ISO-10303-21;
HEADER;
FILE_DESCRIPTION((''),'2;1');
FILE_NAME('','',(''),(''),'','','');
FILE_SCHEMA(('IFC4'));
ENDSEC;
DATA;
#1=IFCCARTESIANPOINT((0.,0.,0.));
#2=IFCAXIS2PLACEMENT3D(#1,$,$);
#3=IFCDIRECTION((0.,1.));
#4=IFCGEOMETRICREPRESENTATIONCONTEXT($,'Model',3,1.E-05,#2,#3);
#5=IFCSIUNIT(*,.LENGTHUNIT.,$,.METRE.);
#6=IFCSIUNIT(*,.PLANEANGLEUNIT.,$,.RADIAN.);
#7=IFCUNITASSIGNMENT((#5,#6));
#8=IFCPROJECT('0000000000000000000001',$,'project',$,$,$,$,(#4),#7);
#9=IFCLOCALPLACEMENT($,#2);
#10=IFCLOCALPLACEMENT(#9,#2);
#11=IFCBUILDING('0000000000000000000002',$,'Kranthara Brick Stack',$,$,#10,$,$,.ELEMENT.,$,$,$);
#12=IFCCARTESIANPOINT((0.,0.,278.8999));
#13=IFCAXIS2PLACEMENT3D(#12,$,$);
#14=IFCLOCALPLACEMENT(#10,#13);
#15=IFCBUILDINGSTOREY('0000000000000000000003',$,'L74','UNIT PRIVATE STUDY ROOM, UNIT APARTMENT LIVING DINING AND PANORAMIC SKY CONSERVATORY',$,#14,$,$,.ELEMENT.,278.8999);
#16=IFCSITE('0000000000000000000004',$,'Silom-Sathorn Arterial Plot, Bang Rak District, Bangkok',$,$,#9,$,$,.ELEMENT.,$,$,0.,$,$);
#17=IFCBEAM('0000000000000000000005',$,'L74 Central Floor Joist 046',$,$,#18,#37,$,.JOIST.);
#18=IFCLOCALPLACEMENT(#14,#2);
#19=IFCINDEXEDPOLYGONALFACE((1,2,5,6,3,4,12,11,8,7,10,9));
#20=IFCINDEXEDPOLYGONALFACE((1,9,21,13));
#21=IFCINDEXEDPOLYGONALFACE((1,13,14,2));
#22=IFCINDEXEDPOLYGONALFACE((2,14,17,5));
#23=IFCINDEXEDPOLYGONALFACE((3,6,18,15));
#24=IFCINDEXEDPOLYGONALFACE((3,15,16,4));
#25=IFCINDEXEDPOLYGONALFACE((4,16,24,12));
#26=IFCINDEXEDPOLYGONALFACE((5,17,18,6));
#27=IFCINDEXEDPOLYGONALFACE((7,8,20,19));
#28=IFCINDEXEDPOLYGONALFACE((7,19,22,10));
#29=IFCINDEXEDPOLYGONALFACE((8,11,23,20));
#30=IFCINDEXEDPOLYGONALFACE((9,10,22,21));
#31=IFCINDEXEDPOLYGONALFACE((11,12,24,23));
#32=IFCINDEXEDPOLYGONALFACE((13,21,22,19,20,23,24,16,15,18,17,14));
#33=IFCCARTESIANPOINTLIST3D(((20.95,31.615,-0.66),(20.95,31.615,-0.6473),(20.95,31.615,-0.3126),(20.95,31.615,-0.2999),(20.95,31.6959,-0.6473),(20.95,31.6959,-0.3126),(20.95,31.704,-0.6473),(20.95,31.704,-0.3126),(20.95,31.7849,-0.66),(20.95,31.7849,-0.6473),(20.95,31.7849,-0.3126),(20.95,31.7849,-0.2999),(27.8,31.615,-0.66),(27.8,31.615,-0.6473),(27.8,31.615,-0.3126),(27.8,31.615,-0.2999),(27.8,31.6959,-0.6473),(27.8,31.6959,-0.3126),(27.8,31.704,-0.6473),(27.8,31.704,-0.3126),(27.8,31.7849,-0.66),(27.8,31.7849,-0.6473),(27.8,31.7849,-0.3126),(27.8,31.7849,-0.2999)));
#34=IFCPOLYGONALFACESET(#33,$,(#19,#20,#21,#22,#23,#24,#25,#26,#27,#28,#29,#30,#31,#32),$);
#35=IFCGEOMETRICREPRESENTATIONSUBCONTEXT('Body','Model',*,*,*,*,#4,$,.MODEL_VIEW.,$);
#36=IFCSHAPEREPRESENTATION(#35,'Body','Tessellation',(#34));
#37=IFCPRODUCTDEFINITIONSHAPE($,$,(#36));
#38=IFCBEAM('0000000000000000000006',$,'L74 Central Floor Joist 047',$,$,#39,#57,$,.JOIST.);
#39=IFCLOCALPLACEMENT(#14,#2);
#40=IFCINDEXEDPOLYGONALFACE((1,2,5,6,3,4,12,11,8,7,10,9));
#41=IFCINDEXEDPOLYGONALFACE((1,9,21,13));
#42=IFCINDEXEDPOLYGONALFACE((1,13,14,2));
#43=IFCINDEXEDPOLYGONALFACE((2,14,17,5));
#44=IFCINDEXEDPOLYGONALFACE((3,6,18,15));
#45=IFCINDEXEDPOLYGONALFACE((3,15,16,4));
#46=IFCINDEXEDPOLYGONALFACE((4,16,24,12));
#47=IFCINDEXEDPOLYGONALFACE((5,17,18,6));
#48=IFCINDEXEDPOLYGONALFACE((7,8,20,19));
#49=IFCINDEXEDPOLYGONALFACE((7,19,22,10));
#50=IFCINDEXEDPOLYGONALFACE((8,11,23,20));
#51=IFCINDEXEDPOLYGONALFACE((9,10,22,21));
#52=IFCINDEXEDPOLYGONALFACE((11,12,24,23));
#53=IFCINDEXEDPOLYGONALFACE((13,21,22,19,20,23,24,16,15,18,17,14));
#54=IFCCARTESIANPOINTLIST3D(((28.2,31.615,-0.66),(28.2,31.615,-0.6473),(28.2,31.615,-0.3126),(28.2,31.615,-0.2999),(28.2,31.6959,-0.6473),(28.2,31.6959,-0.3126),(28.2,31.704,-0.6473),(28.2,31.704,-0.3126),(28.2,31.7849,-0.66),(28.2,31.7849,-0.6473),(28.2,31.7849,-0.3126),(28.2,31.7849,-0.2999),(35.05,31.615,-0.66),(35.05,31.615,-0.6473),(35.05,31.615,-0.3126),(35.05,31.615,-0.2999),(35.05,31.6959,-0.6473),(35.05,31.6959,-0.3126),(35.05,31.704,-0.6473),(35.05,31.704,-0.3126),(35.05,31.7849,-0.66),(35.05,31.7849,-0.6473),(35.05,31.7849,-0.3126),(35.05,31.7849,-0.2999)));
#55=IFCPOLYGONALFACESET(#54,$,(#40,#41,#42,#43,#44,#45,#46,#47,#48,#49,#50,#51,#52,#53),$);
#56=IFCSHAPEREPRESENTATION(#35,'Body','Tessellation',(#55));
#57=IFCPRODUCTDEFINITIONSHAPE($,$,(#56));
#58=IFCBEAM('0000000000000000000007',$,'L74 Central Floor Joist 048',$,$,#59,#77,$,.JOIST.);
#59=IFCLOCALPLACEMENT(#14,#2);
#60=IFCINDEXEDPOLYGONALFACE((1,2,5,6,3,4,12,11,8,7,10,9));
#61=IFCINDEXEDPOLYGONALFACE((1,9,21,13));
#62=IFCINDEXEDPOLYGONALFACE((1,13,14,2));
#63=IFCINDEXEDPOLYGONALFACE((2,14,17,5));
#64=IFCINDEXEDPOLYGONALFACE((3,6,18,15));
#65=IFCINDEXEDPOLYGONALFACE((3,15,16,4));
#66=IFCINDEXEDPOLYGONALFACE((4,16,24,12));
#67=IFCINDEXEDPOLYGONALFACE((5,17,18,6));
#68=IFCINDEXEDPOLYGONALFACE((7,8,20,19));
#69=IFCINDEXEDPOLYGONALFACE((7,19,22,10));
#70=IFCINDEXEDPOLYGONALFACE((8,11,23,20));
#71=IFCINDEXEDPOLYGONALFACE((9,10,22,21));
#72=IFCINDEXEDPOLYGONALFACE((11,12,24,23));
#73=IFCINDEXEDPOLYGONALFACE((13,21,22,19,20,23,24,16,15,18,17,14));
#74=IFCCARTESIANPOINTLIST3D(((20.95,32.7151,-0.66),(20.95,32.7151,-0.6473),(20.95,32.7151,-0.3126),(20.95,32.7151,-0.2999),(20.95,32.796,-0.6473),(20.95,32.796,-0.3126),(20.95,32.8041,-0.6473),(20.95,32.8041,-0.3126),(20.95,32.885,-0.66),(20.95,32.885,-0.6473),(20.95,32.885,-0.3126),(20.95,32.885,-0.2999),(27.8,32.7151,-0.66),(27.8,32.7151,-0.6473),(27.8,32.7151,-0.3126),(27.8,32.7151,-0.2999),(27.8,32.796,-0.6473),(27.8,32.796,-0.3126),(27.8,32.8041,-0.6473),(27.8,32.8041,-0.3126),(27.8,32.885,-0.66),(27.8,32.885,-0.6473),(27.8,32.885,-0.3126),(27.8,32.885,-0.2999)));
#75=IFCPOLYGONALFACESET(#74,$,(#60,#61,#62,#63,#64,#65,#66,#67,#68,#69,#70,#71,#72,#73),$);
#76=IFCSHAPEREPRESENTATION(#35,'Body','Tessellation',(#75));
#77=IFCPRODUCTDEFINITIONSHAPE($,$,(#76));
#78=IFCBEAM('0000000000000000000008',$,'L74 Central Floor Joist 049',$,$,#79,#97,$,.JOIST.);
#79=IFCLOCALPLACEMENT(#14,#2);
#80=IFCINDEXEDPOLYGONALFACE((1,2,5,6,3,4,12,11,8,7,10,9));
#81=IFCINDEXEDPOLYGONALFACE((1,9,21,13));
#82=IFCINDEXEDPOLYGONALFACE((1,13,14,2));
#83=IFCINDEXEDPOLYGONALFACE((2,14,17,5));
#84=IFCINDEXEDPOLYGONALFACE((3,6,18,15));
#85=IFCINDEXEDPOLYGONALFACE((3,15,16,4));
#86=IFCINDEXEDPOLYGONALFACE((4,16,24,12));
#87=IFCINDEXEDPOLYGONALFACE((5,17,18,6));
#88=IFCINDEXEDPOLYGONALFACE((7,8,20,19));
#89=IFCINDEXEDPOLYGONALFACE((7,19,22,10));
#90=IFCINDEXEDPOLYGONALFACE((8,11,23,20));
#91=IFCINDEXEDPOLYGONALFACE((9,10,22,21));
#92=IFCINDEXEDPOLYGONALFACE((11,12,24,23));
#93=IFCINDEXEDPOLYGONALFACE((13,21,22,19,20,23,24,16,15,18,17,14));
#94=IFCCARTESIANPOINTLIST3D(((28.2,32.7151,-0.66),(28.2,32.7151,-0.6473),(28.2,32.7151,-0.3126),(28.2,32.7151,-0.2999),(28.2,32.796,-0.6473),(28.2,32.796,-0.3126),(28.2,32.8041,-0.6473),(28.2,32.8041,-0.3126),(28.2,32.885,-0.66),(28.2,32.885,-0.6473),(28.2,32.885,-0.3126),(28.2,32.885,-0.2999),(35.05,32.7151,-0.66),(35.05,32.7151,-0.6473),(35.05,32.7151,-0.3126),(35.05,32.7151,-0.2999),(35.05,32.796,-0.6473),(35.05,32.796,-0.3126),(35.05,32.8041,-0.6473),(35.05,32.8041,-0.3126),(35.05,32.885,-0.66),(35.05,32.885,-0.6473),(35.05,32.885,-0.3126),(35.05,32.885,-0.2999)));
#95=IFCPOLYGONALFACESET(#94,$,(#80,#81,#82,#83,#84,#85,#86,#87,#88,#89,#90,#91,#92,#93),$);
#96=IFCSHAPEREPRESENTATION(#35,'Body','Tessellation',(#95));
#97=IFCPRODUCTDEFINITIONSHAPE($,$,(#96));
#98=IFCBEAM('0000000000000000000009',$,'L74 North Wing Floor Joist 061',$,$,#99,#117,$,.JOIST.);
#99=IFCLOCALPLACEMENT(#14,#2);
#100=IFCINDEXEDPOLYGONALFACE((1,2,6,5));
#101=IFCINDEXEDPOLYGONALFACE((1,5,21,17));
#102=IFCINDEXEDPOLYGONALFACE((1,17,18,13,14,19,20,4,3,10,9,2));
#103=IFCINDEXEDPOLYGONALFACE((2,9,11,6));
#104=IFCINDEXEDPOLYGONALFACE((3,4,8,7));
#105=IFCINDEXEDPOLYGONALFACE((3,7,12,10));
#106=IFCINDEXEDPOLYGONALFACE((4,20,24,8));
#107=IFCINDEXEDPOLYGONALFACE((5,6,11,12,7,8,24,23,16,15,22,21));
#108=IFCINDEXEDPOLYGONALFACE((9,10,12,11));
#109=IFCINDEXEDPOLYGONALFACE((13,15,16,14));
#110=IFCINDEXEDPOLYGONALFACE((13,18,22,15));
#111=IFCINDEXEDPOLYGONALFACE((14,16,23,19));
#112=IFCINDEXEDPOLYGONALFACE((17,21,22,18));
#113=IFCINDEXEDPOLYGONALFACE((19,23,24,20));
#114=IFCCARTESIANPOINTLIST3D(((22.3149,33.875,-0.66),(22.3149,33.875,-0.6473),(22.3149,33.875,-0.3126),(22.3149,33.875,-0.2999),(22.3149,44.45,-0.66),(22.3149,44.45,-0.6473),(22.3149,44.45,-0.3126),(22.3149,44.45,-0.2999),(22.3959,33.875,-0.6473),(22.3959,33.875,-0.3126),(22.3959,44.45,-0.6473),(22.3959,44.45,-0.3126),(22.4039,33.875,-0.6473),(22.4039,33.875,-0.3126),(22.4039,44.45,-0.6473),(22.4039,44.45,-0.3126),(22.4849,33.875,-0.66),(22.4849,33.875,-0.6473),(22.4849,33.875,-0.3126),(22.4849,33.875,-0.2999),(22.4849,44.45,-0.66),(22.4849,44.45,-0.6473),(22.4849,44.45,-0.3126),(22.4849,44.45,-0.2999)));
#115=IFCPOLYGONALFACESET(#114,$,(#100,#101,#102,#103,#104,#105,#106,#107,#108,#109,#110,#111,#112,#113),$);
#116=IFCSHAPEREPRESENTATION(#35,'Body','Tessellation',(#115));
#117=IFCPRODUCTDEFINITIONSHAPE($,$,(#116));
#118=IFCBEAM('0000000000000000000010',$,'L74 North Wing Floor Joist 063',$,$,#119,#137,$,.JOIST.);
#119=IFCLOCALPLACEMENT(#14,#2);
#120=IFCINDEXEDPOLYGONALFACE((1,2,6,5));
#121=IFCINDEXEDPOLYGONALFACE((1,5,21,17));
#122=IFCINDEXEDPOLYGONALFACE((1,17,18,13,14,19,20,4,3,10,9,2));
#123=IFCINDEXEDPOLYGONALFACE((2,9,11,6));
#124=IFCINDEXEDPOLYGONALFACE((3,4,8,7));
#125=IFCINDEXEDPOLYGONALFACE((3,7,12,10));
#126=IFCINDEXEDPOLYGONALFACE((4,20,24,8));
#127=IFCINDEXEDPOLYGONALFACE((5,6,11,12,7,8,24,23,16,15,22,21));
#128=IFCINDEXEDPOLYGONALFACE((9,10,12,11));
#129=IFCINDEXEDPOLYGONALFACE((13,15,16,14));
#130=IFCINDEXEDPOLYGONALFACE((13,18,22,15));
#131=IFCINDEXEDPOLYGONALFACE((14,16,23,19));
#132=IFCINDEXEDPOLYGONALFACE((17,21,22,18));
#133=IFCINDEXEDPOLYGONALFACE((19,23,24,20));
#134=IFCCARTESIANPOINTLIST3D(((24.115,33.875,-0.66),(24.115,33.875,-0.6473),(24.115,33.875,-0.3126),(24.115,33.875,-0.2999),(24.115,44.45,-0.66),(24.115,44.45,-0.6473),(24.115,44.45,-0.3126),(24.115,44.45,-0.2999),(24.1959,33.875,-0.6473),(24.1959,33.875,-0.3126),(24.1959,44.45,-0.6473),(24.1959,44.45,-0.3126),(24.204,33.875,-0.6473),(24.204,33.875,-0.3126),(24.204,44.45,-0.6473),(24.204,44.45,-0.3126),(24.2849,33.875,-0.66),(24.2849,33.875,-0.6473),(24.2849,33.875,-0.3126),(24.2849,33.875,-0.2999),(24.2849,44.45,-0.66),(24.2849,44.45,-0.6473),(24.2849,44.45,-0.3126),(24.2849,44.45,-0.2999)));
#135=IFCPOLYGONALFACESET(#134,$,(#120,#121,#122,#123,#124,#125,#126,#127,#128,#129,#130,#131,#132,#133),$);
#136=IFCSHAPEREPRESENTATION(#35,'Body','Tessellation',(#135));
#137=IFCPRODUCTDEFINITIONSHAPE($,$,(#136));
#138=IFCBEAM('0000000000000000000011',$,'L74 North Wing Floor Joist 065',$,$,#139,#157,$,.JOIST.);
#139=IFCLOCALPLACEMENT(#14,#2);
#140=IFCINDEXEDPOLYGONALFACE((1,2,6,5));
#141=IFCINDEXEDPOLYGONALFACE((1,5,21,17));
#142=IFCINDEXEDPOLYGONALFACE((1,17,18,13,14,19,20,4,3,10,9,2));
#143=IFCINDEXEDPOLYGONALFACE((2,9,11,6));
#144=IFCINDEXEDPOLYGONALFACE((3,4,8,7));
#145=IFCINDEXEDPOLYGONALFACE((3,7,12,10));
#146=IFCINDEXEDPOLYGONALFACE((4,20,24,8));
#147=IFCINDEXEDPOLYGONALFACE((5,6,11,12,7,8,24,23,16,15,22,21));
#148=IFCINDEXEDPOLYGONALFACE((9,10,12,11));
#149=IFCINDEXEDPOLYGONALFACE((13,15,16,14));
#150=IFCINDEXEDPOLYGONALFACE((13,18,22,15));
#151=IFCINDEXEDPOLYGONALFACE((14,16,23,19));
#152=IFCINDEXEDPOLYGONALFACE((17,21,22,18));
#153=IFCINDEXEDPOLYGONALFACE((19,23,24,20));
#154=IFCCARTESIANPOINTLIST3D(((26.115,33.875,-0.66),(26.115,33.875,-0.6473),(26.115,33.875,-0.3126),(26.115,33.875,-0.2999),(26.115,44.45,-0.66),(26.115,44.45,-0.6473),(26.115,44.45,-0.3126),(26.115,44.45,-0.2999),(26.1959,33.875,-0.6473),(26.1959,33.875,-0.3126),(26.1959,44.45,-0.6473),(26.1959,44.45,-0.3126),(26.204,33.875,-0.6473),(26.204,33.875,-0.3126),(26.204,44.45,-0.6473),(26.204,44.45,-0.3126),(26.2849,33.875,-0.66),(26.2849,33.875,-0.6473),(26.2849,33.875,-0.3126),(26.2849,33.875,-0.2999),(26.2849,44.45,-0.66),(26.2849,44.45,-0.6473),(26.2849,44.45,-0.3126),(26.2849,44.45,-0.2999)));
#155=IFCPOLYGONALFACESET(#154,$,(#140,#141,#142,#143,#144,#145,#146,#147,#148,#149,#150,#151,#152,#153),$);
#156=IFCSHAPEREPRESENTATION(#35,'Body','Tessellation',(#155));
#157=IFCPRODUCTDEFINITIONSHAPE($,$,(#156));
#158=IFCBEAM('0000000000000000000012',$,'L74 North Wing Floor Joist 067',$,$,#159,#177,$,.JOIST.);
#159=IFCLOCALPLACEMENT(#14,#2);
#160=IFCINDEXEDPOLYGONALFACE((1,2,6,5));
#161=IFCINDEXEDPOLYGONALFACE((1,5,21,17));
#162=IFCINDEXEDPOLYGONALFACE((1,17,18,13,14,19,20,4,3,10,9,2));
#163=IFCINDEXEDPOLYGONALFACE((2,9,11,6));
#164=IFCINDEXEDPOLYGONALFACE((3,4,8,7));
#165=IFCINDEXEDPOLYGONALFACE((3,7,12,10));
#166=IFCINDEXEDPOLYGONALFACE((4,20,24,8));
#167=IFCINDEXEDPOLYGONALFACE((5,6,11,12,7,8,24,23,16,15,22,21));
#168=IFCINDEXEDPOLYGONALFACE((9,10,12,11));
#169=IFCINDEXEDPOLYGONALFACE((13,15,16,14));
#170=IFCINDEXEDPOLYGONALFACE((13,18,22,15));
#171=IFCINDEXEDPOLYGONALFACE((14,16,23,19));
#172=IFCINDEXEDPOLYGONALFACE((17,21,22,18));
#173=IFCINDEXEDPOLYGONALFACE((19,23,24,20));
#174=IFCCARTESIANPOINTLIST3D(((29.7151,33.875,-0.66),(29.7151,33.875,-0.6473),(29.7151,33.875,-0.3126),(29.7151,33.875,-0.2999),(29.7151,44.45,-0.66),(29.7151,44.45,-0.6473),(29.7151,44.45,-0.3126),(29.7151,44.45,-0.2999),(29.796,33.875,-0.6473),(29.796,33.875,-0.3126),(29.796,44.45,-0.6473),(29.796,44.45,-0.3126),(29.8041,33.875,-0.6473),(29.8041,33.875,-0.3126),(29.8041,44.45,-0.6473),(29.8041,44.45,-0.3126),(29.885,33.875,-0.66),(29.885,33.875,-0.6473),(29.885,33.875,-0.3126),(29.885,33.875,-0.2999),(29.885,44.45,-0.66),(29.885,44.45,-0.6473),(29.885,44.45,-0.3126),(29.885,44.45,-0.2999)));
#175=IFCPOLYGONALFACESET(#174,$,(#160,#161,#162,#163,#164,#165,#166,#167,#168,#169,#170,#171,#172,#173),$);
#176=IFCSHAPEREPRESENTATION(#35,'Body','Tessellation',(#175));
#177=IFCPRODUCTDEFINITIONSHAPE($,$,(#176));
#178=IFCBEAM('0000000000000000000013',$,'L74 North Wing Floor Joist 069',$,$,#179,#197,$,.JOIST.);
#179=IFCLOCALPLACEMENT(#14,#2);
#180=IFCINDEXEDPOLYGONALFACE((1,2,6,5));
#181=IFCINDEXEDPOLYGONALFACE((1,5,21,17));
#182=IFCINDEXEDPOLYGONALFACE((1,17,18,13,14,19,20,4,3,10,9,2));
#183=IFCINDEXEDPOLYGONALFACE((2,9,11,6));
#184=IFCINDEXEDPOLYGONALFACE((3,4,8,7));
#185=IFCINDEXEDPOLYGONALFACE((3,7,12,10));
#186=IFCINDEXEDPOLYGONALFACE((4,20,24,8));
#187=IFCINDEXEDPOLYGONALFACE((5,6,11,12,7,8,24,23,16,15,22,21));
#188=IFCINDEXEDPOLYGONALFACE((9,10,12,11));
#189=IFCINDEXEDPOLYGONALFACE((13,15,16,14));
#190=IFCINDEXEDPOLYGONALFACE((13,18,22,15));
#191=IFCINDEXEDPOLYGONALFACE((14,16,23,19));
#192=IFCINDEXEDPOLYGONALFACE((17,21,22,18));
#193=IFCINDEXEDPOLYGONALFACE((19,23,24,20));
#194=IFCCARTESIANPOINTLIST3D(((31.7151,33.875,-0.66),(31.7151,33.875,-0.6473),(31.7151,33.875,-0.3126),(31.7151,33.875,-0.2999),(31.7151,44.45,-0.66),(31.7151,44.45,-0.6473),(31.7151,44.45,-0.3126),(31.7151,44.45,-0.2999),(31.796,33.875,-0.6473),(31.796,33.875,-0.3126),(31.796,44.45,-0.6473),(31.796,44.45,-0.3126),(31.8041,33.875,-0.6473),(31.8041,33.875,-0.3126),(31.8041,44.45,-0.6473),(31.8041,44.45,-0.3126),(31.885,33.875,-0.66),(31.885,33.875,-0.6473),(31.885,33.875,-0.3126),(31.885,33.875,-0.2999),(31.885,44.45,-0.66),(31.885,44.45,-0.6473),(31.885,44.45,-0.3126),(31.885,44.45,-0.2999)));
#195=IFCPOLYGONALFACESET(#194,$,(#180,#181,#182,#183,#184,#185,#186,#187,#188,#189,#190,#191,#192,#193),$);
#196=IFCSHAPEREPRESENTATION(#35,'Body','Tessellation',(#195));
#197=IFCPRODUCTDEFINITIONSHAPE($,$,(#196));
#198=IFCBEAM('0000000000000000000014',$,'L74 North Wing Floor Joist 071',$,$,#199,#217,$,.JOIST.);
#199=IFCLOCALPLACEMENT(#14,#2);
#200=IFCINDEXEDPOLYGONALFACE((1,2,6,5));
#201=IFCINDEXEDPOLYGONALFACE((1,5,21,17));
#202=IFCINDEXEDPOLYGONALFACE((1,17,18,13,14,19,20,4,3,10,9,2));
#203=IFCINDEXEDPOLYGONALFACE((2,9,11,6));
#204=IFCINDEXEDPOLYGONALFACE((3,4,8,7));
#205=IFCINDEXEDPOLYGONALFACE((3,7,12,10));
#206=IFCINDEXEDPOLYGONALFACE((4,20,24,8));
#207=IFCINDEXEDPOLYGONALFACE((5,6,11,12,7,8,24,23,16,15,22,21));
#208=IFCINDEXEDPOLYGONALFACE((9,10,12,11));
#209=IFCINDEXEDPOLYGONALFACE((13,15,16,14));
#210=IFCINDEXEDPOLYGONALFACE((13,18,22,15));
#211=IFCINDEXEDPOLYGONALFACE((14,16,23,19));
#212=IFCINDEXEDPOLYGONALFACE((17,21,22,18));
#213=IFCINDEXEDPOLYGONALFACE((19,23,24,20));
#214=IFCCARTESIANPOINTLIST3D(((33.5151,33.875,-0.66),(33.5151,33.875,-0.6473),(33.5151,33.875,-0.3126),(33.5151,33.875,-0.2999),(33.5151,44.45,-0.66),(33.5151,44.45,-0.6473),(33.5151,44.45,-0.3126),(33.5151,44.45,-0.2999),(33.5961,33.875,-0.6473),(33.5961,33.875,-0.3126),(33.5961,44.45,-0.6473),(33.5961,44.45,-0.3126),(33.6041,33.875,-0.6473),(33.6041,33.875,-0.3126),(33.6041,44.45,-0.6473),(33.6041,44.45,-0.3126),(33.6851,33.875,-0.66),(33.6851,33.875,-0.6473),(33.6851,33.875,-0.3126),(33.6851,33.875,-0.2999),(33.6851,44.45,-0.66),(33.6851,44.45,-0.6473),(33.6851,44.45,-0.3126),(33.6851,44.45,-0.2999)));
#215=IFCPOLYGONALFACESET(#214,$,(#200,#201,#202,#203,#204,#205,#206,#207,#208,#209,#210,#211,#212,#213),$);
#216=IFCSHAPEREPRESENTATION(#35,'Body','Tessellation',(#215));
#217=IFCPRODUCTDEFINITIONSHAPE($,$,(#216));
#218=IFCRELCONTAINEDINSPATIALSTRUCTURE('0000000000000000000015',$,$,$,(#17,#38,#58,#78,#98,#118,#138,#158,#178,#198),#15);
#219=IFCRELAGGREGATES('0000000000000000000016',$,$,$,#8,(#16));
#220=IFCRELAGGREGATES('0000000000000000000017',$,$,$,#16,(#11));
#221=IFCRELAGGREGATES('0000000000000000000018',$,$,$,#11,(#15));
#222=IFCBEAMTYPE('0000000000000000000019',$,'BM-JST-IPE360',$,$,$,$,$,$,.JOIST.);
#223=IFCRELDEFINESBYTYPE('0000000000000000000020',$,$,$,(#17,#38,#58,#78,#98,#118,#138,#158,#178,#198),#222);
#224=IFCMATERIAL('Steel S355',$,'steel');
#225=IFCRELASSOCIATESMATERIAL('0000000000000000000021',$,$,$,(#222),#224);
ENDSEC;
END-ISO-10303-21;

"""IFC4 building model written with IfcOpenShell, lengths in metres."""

from ifc_helpers import new_model, si_unit, direction, frame, origin, origin_2d, place, context, subcontext, project, spatial, i_section, extrude, material, material_profile, profile_set, type_object, element, save


model = new_model("IFC4")

# Units and contexts
model_context = context("Model", 3, precision=1e-05, world=origin(), true_north=direction((0.0, 1.0)))
body_context = subcontext(model_context, "Body", "Model", "MODEL_VIEW")
ifc_project = project(units=[si_unit("LENGTHUNIT", "METRE"), si_unit("PLANEANGLEUNIT", "RADIAN")], contexts=[model_context])

# Site, building, storey
site_placement = place(None, origin())
site = spatial("IfcSite", under=ifc_project, at=site_placement, Name="Silom-Sathorn Arterial Plot, Bang Rak District, Bangkok", CompositionType="ELEMENT", RefElevation=0.0)
building_placement = place(site_placement, origin())
building = spatial("IfcBuilding", under=site, at=building_placement, Name="Kranthara Brick Stack", CompositionType="ELEMENT")
storey_placement = place(building_placement, frame((0.0, 0.0, 278.8999)))
storey = spatial("IfcBuildingStorey", under=building, at=storey_placement, Name="L74", Description="UNIT PRIVATE STUDY ROOM, UNIT APARTMENT LIVING DINING AND PANORAMIC SKY CONSERVATORY", CompositionType="ELEMENT", Elevation=278.8999)

# Beams
ifc_material_1 = material(Name="Steel S355", Category="steel")
ifc_material_profile_1 = material_profile(ifc_material_1, i_section(OverallWidth=0.1699, OverallDepth=0.3601, WebThickness=0.0081, FlangeThickness=0.0127, at=origin_2d()), Name="IPE 360")
ifc_profile_set_1 = profile_set([ifc_material_profile_1], Name="Steel S355")
beam_type_1 = type_object("IfcBeamType", Name="BM-JST-IPE360", PredefinedType="JOIST", material=ifc_profile_set_1)
for number, where, z_axis, x_axis, name in (
    (1, (20.95, 31.7, -0.48), (1.0, 0.0, 0.0), (0.0, 1.0, 0.0), "L74 Central Floor Joist 046"),
    (2, (28.2, 31.7, -0.48), (1.0, 0.0, 0.0), (0.0, 1.0, 0.0), "L74 Central Floor Joist 047"),
    (3, (20.95, 32.8, -0.48), (1.0, 0.0, 0.0), (0.0, 1.0, 0.0), "L74 Central Floor Joist 048"),
    (4, (28.2, 32.8, -0.48), (1.0, 0.0, 0.0), (0.0, 1.0, 0.0), "L74 Central Floor Joist 049"),
):
    element("IfcBeam", number, at=place(storey_placement, frame(where, z_axis=z_axis, x_axis=x_axis)), inside=storey, type_object=beam_type_1, Name=name, PredefinedType="JOIST", context=body_context, shape_type="SweptSolid", body=[
        extrude(i_section(OverallWidth=0.1699, OverallDepth=0.3601, WebThickness=0.0081, FlangeThickness=0.0127, at=origin_2d()), origin(), (0.0, 0.0, 1.0), 6.8501),
    ])
for number, where, z_axis, x_axis, name in (
    (5, (22.3999, 33.875, -0.48), (0.0, 1.0, 0.0), (-1.0, 0.0, 0.0), "L74 North Wing Floor Joist 061"),
    (6, (24.2, 33.875, -0.48), (0.0, 1.0, 0.0), (-1.0, 0.0, 0.0), "L74 North Wing Floor Joist 063"),
    (7, (26.2, 33.875, -0.48), (0.0, 1.0, 0.0), (-1.0, 0.0, 0.0), "L74 North Wing Floor Joist 065"),
    (8, (29.8, 33.875, -0.48), (0.0, 1.0, 0.0), (-1.0, 0.0, 0.0), "L74 North Wing Floor Joist 067"),
    (9, (31.8, 33.875, -0.48), (0.0, 1.0, 0.0), (-1.0, 0.0, 0.0), "L74 North Wing Floor Joist 069"),
    (10, (33.6001, 33.875, -0.48), (0.0, 1.0, 0.0), (-1.0, 0.0, 0.0), "L74 North Wing Floor Joist 071"),
):
    element("IfcBeam", number, at=place(storey_placement, frame(where, z_axis=z_axis, x_axis=x_axis)), inside=storey, type_object=beam_type_1, Name=name, PredefinedType="JOIST", context=body_context, shape_type="SweptSolid", body=[
        extrude(i_section(OverallWidth=0.1699, OverallDepth=0.3601, WebThickness=0.0081, FlangeThickness=0.0127, at=origin_2d()), origin(), (0.0, 0.0, 1.0), 10.575),
    ])

save(model, "model.ifc")
